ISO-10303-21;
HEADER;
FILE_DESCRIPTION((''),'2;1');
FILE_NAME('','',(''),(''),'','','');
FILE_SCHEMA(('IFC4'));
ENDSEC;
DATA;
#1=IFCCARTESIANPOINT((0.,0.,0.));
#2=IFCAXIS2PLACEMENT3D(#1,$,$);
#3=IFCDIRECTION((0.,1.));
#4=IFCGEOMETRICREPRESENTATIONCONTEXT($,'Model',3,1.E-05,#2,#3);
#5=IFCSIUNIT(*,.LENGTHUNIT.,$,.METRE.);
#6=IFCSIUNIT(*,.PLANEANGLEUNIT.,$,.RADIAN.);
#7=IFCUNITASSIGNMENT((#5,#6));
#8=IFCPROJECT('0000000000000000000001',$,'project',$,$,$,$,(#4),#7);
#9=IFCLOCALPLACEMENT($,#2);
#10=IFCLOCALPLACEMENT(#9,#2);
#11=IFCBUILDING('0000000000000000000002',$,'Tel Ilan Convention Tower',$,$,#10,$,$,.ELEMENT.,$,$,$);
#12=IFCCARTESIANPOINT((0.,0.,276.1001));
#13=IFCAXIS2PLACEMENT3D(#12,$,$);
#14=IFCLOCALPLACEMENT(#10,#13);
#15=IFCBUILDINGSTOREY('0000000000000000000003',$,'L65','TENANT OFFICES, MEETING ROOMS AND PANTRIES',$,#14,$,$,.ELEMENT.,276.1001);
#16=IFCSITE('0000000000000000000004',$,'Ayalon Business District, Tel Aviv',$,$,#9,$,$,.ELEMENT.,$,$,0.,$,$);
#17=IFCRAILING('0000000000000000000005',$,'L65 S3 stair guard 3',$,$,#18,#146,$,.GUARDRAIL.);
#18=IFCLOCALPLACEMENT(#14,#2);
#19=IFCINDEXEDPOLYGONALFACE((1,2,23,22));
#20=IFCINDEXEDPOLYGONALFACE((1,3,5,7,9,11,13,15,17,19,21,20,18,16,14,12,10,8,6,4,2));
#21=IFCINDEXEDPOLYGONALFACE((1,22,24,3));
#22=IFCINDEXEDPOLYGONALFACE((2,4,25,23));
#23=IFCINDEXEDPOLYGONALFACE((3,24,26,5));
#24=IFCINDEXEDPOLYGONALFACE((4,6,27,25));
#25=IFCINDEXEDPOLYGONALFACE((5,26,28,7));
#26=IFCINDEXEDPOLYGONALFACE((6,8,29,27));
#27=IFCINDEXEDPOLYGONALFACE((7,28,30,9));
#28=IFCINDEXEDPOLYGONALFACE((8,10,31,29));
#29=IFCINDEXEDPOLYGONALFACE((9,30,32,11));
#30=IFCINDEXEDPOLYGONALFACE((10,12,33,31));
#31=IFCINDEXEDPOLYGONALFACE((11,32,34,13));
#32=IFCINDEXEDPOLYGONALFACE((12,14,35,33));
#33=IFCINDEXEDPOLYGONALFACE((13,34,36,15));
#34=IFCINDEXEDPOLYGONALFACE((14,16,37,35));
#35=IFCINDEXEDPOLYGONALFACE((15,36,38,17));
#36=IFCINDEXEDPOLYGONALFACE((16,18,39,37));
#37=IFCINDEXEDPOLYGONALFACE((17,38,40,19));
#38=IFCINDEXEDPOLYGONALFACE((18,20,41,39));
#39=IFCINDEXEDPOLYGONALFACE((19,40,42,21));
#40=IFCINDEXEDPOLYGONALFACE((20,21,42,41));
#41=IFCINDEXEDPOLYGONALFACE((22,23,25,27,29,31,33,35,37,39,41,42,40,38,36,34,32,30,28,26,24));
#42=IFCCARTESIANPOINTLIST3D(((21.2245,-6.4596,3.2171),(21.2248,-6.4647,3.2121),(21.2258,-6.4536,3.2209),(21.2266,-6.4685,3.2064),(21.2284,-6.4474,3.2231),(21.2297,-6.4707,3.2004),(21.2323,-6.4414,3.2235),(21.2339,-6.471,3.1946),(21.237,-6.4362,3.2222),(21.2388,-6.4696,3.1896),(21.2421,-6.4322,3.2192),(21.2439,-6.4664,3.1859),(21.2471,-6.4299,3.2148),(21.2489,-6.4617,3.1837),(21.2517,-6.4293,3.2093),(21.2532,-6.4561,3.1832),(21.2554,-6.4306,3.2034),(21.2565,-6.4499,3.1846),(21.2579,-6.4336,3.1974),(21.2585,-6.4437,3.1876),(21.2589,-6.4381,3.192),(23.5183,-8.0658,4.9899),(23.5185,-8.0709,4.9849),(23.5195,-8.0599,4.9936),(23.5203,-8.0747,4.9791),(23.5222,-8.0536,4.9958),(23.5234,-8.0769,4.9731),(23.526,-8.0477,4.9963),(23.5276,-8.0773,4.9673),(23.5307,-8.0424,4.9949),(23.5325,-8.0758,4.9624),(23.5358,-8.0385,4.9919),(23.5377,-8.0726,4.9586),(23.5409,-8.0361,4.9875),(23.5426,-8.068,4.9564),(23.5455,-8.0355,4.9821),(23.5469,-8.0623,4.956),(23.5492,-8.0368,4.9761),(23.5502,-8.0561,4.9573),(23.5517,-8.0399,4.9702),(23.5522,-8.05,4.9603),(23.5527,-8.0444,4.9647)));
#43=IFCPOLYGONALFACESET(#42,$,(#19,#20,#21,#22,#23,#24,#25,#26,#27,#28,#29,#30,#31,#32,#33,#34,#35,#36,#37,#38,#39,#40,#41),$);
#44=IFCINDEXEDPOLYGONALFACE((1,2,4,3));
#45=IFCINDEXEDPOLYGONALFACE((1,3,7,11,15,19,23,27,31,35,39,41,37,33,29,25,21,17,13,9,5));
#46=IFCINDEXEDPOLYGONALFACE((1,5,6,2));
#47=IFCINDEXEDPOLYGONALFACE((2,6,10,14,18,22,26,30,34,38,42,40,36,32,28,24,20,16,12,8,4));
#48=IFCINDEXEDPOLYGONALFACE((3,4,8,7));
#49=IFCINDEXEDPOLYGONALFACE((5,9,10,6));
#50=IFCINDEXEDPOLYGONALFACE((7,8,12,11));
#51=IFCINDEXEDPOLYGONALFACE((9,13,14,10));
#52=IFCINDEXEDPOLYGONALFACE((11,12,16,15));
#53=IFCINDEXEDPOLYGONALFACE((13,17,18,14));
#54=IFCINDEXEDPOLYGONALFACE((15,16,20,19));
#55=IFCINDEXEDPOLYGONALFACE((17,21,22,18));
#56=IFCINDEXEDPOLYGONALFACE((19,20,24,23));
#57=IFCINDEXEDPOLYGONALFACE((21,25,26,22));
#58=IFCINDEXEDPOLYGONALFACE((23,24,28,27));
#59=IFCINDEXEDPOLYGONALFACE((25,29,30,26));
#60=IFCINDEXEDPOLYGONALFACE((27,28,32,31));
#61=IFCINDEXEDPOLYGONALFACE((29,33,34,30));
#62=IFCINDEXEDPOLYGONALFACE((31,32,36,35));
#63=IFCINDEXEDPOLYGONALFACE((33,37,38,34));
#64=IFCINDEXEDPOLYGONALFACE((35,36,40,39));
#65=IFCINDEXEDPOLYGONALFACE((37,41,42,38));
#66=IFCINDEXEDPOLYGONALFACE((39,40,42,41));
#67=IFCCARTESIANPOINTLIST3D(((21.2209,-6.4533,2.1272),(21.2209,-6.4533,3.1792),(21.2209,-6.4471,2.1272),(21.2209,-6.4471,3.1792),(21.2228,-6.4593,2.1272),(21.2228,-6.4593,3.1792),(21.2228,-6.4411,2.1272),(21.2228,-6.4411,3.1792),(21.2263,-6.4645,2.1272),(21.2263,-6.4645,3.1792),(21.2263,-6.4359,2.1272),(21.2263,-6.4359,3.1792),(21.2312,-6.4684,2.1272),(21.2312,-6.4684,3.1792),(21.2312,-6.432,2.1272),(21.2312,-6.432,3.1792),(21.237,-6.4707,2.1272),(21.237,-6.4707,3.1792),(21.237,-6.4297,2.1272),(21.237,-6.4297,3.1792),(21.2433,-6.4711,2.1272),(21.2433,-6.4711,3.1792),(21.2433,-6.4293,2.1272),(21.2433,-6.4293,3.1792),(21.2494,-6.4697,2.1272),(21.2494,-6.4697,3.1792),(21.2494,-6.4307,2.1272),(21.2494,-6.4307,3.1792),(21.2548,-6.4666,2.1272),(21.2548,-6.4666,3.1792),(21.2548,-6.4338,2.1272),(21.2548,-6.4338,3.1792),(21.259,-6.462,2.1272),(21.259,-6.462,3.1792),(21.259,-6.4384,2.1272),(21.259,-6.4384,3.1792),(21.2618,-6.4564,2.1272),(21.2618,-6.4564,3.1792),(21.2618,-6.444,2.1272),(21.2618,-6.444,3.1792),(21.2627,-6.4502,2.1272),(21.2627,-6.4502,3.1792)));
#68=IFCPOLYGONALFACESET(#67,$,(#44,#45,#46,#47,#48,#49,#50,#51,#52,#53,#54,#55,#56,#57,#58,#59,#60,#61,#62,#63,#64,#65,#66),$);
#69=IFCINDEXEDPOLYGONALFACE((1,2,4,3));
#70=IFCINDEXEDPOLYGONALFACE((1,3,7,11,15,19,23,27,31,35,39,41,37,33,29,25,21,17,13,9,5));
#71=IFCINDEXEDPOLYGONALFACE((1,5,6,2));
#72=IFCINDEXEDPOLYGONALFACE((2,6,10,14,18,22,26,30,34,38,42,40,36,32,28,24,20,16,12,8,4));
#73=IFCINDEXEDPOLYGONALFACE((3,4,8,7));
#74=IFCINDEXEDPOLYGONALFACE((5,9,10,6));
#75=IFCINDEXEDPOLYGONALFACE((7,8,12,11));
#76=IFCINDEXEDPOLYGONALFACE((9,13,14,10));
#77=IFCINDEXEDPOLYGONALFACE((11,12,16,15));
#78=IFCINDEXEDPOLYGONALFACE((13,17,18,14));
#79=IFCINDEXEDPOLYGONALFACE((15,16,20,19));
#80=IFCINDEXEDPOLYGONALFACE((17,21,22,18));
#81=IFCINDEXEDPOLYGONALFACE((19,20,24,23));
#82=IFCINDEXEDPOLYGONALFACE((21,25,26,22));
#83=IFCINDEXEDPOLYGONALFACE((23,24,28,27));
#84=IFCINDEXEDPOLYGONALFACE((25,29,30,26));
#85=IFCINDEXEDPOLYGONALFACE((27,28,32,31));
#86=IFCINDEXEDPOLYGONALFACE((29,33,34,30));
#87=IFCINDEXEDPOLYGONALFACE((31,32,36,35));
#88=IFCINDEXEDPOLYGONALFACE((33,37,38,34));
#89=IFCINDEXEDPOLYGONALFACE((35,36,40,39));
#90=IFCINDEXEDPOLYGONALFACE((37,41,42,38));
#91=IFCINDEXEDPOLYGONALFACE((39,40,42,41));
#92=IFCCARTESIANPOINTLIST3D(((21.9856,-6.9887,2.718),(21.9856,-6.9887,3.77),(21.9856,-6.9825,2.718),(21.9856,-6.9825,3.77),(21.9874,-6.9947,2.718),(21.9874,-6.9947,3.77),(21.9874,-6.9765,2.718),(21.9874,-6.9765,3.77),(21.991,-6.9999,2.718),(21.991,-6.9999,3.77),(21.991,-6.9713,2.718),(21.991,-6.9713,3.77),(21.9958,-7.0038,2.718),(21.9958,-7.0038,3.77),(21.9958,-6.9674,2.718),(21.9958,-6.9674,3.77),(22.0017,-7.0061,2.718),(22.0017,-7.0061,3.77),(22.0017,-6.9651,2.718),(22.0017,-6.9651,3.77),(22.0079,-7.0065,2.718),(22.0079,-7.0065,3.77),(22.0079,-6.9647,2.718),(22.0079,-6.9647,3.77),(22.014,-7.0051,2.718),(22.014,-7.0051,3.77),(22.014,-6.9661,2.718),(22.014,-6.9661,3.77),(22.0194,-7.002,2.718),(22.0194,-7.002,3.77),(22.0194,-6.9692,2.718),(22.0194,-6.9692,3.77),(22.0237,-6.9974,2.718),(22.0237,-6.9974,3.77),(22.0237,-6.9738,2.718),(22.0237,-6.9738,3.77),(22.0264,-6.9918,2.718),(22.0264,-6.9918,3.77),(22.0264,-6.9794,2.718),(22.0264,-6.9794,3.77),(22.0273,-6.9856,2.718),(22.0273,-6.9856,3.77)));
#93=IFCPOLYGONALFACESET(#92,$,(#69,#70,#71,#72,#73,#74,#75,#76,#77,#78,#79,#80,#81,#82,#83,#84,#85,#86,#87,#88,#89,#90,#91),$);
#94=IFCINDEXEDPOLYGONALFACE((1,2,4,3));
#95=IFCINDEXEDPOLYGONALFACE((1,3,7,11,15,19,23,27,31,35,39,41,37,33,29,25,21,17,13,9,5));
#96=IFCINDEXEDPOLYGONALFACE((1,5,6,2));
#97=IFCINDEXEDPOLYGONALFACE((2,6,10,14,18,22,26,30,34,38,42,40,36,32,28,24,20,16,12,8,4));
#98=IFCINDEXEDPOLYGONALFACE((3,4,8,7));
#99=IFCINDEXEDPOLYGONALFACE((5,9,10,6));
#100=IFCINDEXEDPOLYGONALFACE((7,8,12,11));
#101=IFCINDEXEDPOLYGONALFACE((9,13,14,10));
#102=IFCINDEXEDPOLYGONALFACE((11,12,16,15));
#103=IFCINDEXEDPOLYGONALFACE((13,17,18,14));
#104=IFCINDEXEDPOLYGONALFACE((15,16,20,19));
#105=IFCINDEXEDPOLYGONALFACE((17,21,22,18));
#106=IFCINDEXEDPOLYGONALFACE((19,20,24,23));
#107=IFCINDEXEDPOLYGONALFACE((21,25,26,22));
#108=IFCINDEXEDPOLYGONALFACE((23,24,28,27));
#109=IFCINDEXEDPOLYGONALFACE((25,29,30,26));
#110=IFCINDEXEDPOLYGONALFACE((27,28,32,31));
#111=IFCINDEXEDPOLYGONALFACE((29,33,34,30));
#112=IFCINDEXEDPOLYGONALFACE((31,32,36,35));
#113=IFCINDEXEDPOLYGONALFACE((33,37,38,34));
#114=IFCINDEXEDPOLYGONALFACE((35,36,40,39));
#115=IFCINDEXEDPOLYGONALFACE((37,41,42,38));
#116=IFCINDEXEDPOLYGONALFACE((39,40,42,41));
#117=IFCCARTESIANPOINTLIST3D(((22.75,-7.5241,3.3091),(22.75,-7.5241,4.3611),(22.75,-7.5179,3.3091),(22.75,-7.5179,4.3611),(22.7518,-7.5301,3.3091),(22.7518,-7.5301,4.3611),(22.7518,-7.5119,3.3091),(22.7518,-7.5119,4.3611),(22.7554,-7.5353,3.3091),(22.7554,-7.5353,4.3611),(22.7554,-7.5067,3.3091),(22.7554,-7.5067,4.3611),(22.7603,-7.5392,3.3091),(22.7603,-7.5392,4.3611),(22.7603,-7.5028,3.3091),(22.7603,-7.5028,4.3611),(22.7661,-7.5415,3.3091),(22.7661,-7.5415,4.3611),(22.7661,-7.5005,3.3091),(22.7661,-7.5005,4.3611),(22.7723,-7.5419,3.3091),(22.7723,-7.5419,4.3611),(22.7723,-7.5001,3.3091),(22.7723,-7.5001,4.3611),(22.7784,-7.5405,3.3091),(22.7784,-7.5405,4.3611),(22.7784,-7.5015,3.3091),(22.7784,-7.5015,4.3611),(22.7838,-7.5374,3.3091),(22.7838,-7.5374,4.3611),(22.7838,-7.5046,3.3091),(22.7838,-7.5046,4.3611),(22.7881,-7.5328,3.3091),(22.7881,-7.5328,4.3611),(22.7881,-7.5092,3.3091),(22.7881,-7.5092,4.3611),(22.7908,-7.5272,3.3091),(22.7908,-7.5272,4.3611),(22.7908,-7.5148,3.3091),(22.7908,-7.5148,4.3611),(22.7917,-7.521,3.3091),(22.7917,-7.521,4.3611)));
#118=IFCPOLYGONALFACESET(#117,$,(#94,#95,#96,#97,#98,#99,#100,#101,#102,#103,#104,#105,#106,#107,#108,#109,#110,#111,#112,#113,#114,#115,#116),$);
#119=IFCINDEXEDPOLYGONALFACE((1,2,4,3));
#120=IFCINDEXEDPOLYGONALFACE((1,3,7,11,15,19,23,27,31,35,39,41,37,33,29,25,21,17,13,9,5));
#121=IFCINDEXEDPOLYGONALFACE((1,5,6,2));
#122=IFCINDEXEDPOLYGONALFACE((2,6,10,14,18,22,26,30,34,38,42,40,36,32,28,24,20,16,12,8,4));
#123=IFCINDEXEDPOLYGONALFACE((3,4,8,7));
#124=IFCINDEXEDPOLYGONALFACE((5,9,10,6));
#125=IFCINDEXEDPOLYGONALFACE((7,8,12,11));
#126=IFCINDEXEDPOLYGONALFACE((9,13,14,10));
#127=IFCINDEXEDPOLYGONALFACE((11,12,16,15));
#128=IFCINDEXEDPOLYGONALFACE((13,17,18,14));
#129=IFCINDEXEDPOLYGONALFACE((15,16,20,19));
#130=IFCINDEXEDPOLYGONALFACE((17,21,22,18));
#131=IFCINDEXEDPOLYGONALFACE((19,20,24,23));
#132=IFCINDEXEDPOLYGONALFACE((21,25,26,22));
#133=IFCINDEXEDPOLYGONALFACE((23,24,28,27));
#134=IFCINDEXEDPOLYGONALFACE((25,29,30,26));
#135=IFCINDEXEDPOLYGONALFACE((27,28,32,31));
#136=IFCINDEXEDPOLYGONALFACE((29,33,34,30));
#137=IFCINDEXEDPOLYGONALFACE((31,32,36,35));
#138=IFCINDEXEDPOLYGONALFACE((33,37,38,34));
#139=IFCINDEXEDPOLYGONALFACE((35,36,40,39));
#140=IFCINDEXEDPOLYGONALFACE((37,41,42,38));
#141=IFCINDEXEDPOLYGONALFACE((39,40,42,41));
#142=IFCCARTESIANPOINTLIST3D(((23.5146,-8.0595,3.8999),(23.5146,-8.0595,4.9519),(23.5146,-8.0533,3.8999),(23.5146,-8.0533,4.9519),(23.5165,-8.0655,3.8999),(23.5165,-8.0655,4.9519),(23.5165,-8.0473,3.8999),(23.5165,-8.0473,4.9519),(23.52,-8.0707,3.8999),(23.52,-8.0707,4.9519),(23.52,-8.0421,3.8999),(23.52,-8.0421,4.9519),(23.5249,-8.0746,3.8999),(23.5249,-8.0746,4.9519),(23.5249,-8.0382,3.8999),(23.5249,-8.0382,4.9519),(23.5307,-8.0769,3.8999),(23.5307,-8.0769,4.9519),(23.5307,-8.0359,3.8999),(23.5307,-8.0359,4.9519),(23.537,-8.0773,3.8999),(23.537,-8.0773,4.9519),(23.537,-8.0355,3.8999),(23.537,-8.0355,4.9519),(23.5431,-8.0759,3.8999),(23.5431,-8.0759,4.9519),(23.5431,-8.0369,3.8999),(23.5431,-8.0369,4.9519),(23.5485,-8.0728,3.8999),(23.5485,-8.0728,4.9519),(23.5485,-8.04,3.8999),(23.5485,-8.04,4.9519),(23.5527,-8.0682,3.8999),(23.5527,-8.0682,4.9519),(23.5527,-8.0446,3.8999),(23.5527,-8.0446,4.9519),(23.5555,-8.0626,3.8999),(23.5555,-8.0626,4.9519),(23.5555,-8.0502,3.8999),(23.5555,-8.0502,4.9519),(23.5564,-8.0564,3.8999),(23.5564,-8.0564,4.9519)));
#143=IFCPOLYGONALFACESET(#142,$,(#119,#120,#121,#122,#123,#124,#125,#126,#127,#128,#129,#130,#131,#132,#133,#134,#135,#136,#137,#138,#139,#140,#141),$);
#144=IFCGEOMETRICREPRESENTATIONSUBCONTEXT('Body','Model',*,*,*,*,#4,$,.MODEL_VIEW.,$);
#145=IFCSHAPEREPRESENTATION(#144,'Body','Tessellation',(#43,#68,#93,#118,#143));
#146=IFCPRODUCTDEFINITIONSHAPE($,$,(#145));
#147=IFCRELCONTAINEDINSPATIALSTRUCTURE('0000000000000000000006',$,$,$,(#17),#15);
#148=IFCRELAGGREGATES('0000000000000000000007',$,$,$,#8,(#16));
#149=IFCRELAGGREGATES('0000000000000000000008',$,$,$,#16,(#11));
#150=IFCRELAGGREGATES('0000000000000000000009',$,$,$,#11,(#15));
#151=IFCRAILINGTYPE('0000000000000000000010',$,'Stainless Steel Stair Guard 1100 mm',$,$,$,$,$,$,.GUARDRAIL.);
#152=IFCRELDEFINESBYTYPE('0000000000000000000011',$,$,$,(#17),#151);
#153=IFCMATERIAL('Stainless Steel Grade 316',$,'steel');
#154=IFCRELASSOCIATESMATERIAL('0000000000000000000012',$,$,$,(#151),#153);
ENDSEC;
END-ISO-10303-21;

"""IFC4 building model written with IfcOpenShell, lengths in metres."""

from ifc_helpers import new_model, si_unit, direction, frame, origin, origin_2d, place, context, subcontext, project, spatial, circle, extrude, material, type_object, element, save


model = new_model("IFC4")

# Units and contexts
model_context = context("Model", 3, precision=1e-05, world=origin(), true_north=direction((0.0, 1.0)))
body_context = subcontext(model_context, "Body", "Model", "MODEL_VIEW")
ifc_project = project(units=[si_unit("LENGTHUNIT", "METRE"), si_unit("PLANEANGLEUNIT", "RADIAN")], contexts=[model_context])

# Site, building, storey
site_placement = place(None, origin())
site = spatial("IfcSite", under=ifc_project, at=site_placement, Name="Ayalon Business District, Tel Aviv", CompositionType="ELEMENT", RefElevation=0.0)
building_placement = place(site_placement, origin())
building = spatial("IfcBuilding", under=site, at=building_placement, Name="Tel Ilan Convention Tower", CompositionType="ELEMENT")
storey_placement = place(building_placement, frame((0.0, 0.0, 276.1001)))
storey = spatial("IfcBuildingStorey", under=building, at=storey_placement, Name="L65", Description="TENANT OFFICES, MEETING ROOMS AND PANTRIES", CompositionType="ELEMENT", Elevation=276.1001)

# Railing
ifc_material_1 = material(Name="Stainless Steel Grade 316", Category="steel")
railing_type_1 = type_object("IfcRailingType", Name="Stainless Steel Stair Guard 1100 mm", PredefinedType="GUARDRAIL", material=ifc_material_1)
railing_1_placement = place(storey_placement, frame((21.2417, -6.4502, 2.1272)))
element("IfcRailing", 1, at=railing_1_placement, inside=storey, type_object=railing_type_1, Name="L65 S3 stair guard 3", PredefinedType="GUARDRAIL", context=body_context, shape_type="SweptSolid", body=[
    extrude(circle(Radius=0.0239, at=origin_2d()), frame((0.0, 0.0, 1.0762), z_axis=(0.692098, -0.484653, 0.534894), x_axis=(0.573609, 0.81913, 0.0)), (0.0, 0.0, 1.0), 3.3142),
    extrude(circle(Radius=0.021, at=origin_2d()), origin(), (0.0, 0.0, 1.0), 1.052),
    extrude(circle(Radius=0.021, at=origin_2d()), frame((0.7646, -0.5354, 0.5908)), (0.0, 0.0, 1.0), 1.052),
    extrude(circle(Radius=0.021, at=origin_2d()), frame((1.5291, -1.0708, 1.1819)), (0.0, 0.0, 1.0), 1.052),
    extrude(circle(Radius=0.021, at=origin_2d()), frame((2.2937, -1.6062, 1.7727)), (0.0, 0.0, 1.0), 1.052),
])

save(model, "model.ifc")
